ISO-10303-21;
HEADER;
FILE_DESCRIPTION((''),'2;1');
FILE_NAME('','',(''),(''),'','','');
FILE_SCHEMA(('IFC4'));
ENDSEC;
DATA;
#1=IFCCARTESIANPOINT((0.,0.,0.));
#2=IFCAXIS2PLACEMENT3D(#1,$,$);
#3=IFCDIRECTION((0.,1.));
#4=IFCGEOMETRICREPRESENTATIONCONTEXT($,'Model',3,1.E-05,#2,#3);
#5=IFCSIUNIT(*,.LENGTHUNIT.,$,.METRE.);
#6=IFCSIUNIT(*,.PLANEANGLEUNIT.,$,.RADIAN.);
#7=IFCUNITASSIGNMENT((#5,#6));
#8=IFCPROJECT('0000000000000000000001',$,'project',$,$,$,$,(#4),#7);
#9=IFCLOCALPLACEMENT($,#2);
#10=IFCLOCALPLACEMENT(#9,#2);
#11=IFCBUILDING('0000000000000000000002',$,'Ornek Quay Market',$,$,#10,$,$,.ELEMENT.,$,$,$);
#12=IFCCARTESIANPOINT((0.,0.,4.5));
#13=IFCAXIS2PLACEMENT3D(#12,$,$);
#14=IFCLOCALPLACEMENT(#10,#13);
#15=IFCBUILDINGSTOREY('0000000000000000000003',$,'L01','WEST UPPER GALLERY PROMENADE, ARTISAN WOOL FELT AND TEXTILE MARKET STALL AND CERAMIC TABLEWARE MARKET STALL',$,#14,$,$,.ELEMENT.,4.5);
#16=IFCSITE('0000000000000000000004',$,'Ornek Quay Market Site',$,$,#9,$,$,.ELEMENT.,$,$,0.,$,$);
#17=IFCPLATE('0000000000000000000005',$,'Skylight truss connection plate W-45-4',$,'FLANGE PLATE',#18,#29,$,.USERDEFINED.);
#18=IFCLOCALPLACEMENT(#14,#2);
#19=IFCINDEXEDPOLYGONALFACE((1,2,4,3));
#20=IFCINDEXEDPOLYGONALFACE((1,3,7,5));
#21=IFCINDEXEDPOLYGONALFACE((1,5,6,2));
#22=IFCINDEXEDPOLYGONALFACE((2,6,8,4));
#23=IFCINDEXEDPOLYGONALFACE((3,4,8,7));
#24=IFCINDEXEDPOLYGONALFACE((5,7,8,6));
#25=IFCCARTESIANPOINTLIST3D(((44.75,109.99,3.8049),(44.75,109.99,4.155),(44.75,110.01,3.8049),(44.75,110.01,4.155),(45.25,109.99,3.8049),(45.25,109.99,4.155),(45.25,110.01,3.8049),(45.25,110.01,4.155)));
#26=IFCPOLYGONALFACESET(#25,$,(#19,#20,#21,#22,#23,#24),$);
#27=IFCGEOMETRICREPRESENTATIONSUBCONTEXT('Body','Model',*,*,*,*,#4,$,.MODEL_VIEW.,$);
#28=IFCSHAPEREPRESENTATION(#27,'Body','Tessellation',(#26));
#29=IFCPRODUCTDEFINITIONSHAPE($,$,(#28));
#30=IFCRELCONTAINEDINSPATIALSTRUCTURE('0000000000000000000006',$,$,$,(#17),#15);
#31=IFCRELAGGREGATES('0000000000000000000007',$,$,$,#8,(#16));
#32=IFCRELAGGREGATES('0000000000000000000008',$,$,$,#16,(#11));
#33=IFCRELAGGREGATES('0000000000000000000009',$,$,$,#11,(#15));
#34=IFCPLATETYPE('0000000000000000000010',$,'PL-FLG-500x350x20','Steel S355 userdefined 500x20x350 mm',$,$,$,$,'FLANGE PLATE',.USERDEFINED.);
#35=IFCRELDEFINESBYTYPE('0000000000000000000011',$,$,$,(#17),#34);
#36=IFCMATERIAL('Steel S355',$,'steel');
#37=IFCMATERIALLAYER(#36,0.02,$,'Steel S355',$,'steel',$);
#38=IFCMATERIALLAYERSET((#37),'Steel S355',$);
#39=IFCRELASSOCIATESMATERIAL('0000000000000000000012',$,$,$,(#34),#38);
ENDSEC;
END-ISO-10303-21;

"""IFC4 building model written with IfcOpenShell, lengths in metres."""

from ifc_helpers import new_model, si_unit, direction, frame, origin, origin_2d, place, context, subcontext, project, spatial, rectangle, extrude, material, layer, layer_set, type_object, element, save


model = new_model("IFC4")

# Units and contexts
model_context = context("Model", 3, precision=1e-05, world=origin(), true_north=direction((0.0, 1.0)))
body_context = subcontext(model_context, "Body", "Model", "MODEL_VIEW")
ifc_project = project(units=[si_unit("LENGTHUNIT", "METRE"), si_unit("PLANEANGLEUNIT", "RADIAN")], contexts=[model_context])

# Site, building, storey
site_placement = place(None, origin())
site = spatial("IfcSite", under=ifc_project, at=site_placement, Name="Ornek Quay Market Site", CompositionType="ELEMENT", RefElevation=0.0)
building_placement = place(site_placement, origin())
building = spatial("IfcBuilding", under=site, at=building_placement, Name="Ornek Quay Market", CompositionType="ELEMENT")
storey_placement = place(building_placement, frame((0.0, 0.0, 4.5)))
storey = spatial("IfcBuildingStorey", under=building, at=storey_placement, Name="L01", Description="WEST UPPER GALLERY PROMENADE, ARTISAN WOOL FELT AND TEXTILE MARKET STALL AND CERAMIC TABLEWARE MARKET STALL", CompositionType="ELEMENT", Elevation=4.5)

# Shared definitions
ifc_material_1 = material(Name="Steel S355", Category="steel")

# Plate
ifc_layer_1 = layer(ifc_material_1, 0.02, Name="Steel S355", Category="steel")
ifc_layer_set_1 = layer_set([ifc_layer_1], Name="Steel S355")
plate_type_1 = type_object("IfcPlateType", Name="PL-FLG-500x350x20", Description="Steel S355 userdefined 500x20x350 mm", ElementType="FLANGE PLATE", PredefinedType="USERDEFINED", material=ifc_layer_set_1)
for number, where, z_axis, x_axis, name in (
    (1, (45.0, 110.0, 3.8049), (0.0, 0.0, 1.0), (1.0, 0.0, 0.0), "Skylight truss connection plate W-45-4"),
):
    element("IfcPlate", number, at=place(storey_placement, frame(where, z_axis=z_axis, x_axis=x_axis)), inside=storey, type_object=plate_type_1, Name=name, ObjectType="FLANGE PLATE", PredefinedType="USERDEFINED", context=body_context, shape_type="SweptSolid", body=[
        extrude(rectangle(XDim=0.5, YDim=0.02, at=origin_2d()), origin(), (0.0, 0.0, 1.0), 0.3501),
    ])

save(model, "model.ifc")
